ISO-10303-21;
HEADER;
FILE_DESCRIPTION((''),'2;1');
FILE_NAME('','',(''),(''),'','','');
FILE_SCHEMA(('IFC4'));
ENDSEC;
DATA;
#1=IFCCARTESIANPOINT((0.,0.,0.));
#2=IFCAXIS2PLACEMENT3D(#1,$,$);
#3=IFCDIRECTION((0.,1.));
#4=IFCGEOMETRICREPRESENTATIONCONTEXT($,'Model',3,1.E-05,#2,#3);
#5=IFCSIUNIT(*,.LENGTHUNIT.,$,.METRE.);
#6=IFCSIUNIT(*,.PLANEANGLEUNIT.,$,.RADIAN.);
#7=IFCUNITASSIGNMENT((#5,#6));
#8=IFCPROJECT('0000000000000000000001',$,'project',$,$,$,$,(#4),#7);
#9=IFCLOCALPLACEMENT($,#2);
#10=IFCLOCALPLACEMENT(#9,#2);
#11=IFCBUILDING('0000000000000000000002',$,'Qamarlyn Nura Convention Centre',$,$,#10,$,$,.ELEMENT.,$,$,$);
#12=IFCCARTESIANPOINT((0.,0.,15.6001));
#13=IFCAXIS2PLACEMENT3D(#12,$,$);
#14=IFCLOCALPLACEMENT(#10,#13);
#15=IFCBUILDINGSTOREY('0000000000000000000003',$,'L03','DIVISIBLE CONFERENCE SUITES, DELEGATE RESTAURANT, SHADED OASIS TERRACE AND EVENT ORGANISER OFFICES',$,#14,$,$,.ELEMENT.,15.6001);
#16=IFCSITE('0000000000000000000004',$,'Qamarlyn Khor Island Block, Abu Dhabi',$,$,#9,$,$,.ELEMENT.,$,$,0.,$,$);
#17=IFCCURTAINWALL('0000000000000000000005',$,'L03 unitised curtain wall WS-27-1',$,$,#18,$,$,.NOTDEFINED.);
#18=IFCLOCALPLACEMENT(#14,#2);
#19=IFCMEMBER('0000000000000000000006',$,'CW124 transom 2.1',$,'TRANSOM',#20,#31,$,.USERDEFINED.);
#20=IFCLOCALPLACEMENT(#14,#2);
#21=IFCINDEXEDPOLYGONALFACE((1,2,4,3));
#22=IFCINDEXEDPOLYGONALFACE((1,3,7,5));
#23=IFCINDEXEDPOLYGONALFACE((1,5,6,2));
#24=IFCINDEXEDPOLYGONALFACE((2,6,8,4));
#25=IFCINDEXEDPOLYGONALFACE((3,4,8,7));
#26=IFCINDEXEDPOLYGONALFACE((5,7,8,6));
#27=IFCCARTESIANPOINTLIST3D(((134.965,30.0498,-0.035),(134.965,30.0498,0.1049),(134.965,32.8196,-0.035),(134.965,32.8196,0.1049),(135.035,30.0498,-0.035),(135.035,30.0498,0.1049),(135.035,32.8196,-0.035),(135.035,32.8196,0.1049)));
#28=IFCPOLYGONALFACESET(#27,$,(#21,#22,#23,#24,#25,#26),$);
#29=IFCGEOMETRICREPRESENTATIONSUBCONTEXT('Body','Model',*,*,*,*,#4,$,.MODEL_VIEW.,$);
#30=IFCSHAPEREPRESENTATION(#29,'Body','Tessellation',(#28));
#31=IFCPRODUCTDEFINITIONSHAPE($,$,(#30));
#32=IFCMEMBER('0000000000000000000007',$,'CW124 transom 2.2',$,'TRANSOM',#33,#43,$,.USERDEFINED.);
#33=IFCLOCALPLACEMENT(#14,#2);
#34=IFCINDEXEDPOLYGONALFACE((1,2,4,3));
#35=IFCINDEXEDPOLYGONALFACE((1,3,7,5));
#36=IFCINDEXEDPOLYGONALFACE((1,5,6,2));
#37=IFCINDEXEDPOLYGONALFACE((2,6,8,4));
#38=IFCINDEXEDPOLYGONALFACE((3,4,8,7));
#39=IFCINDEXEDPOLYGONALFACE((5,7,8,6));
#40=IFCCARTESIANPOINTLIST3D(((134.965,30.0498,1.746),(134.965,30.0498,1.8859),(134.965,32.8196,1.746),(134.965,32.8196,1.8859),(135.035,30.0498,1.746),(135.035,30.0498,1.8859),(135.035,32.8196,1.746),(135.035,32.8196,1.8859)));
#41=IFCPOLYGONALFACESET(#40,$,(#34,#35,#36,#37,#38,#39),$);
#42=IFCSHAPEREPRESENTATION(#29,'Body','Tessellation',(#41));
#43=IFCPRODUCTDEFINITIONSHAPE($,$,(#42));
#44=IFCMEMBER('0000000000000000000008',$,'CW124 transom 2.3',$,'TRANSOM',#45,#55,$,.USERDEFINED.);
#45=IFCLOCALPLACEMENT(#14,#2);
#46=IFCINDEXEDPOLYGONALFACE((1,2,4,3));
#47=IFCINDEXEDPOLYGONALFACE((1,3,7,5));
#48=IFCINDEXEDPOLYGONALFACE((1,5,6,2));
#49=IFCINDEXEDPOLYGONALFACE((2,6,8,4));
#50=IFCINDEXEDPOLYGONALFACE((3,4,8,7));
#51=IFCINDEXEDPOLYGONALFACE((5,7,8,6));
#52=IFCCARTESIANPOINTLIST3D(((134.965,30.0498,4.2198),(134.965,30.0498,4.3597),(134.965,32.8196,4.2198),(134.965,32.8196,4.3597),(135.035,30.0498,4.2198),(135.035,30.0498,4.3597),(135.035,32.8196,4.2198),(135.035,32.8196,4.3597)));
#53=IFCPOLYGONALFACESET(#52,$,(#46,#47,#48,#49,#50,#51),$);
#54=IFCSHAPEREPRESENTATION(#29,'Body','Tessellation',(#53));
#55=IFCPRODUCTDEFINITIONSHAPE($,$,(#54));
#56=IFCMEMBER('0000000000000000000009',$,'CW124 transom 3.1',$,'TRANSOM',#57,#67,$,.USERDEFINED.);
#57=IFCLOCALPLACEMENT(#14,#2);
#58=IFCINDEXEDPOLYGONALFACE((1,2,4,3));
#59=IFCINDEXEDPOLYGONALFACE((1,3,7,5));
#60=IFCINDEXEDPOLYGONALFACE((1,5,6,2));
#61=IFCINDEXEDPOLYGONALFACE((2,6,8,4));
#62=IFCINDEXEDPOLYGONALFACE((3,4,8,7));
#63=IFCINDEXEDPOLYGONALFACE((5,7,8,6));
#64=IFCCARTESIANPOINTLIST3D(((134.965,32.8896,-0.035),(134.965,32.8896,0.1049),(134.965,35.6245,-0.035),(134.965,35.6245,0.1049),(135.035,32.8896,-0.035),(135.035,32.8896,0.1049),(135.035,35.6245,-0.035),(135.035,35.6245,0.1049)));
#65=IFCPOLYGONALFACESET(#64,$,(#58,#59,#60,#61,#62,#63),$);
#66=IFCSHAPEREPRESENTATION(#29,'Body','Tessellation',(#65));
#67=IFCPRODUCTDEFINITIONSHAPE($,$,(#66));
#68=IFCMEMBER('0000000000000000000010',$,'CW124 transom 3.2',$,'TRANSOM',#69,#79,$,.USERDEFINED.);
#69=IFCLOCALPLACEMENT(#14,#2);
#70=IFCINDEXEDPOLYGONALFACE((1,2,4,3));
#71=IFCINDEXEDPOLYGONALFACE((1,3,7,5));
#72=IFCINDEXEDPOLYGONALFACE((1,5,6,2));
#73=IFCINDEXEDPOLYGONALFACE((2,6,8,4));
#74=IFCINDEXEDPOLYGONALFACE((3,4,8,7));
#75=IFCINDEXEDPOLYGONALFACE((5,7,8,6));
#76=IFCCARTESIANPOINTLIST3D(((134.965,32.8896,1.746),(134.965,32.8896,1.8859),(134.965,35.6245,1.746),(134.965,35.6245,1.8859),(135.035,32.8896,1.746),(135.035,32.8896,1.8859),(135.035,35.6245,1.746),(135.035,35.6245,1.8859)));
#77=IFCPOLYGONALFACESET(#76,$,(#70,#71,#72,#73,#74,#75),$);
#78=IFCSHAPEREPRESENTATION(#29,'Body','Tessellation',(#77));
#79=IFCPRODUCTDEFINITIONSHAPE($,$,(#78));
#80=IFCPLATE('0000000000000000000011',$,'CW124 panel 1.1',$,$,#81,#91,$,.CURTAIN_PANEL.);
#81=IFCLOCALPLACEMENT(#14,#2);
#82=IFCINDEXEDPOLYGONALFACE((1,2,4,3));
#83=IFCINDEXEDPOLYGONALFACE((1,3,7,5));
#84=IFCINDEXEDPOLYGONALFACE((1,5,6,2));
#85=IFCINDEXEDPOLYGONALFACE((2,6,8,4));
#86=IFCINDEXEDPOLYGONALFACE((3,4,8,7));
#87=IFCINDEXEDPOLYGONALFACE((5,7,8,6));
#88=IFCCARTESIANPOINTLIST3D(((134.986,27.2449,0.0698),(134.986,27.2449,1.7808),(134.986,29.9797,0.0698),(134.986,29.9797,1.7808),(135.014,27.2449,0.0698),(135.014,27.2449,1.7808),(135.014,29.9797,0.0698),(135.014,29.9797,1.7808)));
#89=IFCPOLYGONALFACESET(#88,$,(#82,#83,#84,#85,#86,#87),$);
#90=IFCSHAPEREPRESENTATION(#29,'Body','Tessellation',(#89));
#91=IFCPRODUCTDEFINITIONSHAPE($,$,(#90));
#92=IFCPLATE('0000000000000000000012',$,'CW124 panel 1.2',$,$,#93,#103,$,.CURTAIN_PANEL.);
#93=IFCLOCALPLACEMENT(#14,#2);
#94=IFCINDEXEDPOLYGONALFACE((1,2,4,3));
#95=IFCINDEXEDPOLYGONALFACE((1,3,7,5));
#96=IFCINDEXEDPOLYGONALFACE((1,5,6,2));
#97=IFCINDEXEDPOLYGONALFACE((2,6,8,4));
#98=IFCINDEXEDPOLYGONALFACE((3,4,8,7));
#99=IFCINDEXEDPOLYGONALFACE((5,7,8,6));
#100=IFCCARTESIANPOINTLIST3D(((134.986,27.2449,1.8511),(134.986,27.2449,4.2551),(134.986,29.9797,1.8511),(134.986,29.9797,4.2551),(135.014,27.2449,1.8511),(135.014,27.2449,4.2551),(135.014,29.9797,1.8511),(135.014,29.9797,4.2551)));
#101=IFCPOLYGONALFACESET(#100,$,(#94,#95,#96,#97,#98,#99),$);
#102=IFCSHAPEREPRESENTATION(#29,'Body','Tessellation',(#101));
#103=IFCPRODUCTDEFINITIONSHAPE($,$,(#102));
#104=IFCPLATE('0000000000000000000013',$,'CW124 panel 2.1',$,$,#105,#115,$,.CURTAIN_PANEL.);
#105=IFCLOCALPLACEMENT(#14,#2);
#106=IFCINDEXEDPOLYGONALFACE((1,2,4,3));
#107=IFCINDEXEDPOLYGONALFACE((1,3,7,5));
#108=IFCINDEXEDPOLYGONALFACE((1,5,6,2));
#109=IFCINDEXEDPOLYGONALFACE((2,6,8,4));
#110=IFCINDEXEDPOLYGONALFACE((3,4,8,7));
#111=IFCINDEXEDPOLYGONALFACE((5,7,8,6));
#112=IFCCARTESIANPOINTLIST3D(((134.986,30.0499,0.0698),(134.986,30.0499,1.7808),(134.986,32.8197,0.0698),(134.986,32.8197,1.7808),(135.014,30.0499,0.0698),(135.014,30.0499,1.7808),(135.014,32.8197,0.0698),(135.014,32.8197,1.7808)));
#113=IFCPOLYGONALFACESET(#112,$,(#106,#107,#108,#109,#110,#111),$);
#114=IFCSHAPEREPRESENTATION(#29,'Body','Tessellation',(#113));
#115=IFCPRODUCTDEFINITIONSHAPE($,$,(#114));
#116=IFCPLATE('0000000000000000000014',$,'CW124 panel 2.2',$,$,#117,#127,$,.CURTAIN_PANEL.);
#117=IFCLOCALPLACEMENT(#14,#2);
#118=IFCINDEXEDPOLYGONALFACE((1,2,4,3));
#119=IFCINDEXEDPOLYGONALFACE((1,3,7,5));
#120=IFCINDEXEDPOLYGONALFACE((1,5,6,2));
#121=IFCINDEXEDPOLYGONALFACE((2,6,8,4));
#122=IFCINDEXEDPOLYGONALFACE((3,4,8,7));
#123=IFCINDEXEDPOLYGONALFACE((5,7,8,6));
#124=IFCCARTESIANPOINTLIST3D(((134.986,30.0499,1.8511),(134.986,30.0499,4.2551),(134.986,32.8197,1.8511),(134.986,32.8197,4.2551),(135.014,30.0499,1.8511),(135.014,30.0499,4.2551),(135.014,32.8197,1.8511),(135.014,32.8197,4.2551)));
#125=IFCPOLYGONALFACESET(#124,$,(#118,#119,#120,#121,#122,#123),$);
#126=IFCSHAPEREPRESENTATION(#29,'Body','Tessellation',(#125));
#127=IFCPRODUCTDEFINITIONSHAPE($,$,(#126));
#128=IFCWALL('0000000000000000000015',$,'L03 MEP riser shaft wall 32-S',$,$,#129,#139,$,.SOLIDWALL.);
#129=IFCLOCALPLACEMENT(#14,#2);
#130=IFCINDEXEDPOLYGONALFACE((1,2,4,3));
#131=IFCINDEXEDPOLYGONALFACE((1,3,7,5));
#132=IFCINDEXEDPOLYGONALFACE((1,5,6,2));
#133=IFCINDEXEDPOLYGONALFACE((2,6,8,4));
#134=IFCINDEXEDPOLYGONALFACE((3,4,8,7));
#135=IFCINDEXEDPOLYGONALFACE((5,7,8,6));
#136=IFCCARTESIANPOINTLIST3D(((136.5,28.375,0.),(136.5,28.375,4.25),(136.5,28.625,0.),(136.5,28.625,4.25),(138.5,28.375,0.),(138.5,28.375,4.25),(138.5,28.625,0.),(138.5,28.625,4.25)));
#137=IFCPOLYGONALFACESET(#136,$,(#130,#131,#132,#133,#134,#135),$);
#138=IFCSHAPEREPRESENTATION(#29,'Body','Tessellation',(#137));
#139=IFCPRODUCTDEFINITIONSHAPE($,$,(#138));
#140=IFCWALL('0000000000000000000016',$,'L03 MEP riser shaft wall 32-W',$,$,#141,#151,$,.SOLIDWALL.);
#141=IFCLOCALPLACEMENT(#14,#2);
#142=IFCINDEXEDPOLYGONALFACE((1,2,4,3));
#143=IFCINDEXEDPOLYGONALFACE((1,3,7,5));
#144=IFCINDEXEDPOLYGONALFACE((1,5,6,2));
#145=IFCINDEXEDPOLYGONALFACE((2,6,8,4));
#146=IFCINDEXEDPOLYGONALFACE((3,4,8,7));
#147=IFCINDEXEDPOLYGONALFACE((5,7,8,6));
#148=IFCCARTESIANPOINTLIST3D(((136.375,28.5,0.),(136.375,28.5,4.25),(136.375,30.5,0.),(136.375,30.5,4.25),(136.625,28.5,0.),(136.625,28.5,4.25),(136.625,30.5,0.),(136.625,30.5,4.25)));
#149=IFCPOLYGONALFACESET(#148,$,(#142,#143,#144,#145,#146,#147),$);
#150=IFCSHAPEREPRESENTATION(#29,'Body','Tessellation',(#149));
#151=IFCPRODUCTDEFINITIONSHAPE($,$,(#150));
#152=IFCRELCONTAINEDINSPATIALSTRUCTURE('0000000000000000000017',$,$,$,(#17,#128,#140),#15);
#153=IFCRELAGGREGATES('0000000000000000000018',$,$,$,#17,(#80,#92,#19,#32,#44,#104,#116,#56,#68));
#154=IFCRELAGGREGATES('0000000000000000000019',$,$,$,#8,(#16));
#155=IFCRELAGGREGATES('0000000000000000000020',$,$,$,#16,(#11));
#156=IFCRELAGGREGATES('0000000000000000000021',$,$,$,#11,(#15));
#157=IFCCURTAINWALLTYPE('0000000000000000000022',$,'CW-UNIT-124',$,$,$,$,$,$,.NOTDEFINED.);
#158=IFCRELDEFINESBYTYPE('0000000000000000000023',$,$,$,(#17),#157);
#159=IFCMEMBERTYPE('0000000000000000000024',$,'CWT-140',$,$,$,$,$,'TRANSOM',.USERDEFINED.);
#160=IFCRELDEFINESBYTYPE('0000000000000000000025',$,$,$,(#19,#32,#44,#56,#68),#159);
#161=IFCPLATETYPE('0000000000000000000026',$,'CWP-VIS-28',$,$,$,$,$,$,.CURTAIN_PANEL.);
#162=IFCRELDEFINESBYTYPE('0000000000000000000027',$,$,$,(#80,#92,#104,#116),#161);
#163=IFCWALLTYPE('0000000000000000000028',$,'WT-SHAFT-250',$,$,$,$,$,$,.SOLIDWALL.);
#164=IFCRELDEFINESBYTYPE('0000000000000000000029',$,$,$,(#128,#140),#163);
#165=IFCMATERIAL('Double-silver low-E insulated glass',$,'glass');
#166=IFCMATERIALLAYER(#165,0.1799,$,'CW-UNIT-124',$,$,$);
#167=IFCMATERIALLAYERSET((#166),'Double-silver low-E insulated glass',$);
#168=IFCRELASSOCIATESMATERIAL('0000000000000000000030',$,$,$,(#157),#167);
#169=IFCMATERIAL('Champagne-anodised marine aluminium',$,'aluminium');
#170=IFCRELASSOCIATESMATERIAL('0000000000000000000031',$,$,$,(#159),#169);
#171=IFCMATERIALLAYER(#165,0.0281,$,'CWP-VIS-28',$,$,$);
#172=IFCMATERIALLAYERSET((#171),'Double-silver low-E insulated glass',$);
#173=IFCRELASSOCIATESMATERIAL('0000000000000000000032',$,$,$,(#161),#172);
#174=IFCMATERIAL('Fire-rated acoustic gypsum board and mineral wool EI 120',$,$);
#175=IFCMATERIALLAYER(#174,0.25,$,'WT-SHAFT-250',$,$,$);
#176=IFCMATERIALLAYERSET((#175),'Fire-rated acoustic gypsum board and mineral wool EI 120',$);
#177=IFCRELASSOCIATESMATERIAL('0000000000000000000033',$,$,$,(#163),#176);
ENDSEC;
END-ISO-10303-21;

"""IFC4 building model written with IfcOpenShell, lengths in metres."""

from ifc_helpers import new_model, si_unit, direction, frame, frame_2d, origin, origin_2d, place, context, subcontext, project, spatial, rectangle, extrude, material, layer, layer_set, material_profile, profile_set, type_object, element, aggregate, save


model = new_model("IFC4")

# Units and contexts
model_context = context("Model", 3, precision=1e-05, world=origin(), true_north=direction((0.0, 1.0)))
body_context = subcontext(model_context, "Body", "Model", "MODEL_VIEW")
ifc_project = project(units=[si_unit("LENGTHUNIT", "METRE"), si_unit("PLANEANGLEUNIT", "RADIAN")], contexts=[model_context])

# Site, building, storey
site_placement = place(None, origin())
site = spatial("IfcSite", under=ifc_project, at=site_placement, Name="Qamarlyn Khor Island Block, Abu Dhabi", CompositionType="ELEMENT", RefElevation=0.0)
building_placement = place(site_placement, origin())
building = spatial("IfcBuilding", under=site, at=building_placement, Name="Qamarlyn Nura Convention Centre", CompositionType="ELEMENT")
storey_placement = place(building_placement, frame((0.0, 0.0, 15.6001)))
storey = spatial("IfcBuildingStorey", under=building, at=storey_placement, Name="L03", Description="DIVISIBLE CONFERENCE SUITES, DELEGATE RESTAURANT, SHADED OASIS TERRACE AND EVENT ORGANISER OFFICES", CompositionType="ELEMENT", Elevation=15.6001)

# Curtain wall
ifc_material_1 = material(Name="Double-silver low-E insulated glass", Category="glass")
ifc_layer_1 = layer(ifc_material_1, 0.1799, Name="CW-UNIT-124")
ifc_layer_set_1 = layer_set([ifc_layer_1], Name="Double-silver low-E insulated glass")
curtain_wall_type_1 = type_object("IfcCurtainWallType", Name="CW-UNIT-124", PredefinedType="NOTDEFINED", material=ifc_layer_set_1)
curtain_wall_1_placement = place(storey_placement, origin())
curtain_wall_1 = element("IfcCurtainWall", 1, at=curtain_wall_1_placement, inside=storey, type_object=curtain_wall_type_1, Name="L03 unitised curtain wall WS-27-1", PredefinedType="NOTDEFINED")
ifc_material_2 = material(Name="Champagne-anodised marine aluminium", Category="aluminium")

# Members
ifc_material_profile_1 = material_profile(ifc_material_2, rectangle(XDim=0.0701, YDim=0.1399, at=origin_2d()), Name="ALU TRANSOM 70x140")
ifc_profile_set_1 = profile_set([ifc_material_profile_1], Name="Champagne-anodised marine aluminium")
member_type_1 = type_object("IfcMemberType", Name="CWT-140", ElementType="TRANSOM", PredefinedType="USERDEFINED", material=ifc_profile_set_1)
member_1_placement = place(storey_placement, frame((135.0, 30.0498, 0.0349), z_axis=(0.0, 1.0, 0.0), x_axis=(-1.0, 0.0, 0.0)))
member_1 = element("IfcMember", 2, at=member_1_placement, type_object=member_type_1, Name="CW124 transom 2.1", ObjectType="TRANSOM", PredefinedType="USERDEFINED", context=body_context, shape_type="SweptSolid", body=[
    extrude(rectangle(XDim=0.0701, YDim=0.1399, at=origin_2d()), origin(), (0.0, 0.0, 1.0), 2.7698),
])
member_2_placement = place(storey_placement, frame((135.0, 30.0498, 1.8159), z_axis=(0.0, 1.0, 0.0), x_axis=(-1.0, 0.0, 0.0)))
member_2 = element("IfcMember", 3, at=member_2_placement, type_object=member_type_1, Name="CW124 transom 2.2", ObjectType="TRANSOM", PredefinedType="USERDEFINED", context=body_context, shape_type="SweptSolid", body=[
    extrude(rectangle(XDim=0.0701, YDim=0.1399, at=origin_2d()), origin(), (0.0, 0.0, 1.0), 2.7698),
])
member_3_placement = place(storey_placement, frame((135.0, 30.0498, 4.2898), z_axis=(0.0, 1.0, 0.0), x_axis=(-1.0, 0.0, 0.0)))
member_3 = element("IfcMember", 4, at=member_3_placement, type_object=member_type_1, Name="CW124 transom 2.3", ObjectType="TRANSOM", PredefinedType="USERDEFINED", context=body_context, shape_type="SweptSolid", body=[
    extrude(rectangle(XDim=0.0701, YDim=0.1399, at=origin_2d()), origin(), (0.0, 0.0, 1.0), 2.7698),
])
member_4_placement = place(storey_placement, frame((135.0, 32.8896, 0.0349), z_axis=(0.0, 1.0, 0.0), x_axis=(-1.0, 0.0, 0.0)))
member_4 = element("IfcMember", 5, at=member_4_placement, type_object=member_type_1, Name="CW124 transom 3.1", ObjectType="TRANSOM", PredefinedType="USERDEFINED", context=body_context, shape_type="SweptSolid", body=[
    extrude(rectangle(XDim=0.0701, YDim=0.1399, at=origin_2d()), origin(), (0.0, 0.0, 1.0), 2.7349),
])
member_5_placement = place(storey_placement, frame((135.0, 32.8896, 1.8159), z_axis=(0.0, 1.0, 0.0), x_axis=(-1.0, 0.0, 0.0)))
member_5 = element("IfcMember", 6, at=member_5_placement, type_object=member_type_1, Name="CW124 transom 3.2", ObjectType="TRANSOM", PredefinedType="USERDEFINED", context=body_context, shape_type="SweptSolid", body=[
    extrude(rectangle(XDim=0.0701, YDim=0.1399, at=origin_2d()), origin(), (0.0, 0.0, 1.0), 2.7349),
])

# Plates
ifc_layer_2 = layer(ifc_material_1, 0.0281, Name="CWP-VIS-28")
ifc_layer_set_2 = layer_set([ifc_layer_2], Name="Double-silver low-E insulated glass")
plate_type = type_object("IfcPlateType", Name="CWP-VIS-28", PredefinedType="CURTAIN_PANEL", material=ifc_layer_set_2)
plate_1_placement = place(storey_placement, frame((135.0, 28.6123, 0.0698), z_axis=(0.0, 0.0, 1.0), x_axis=(0.0, 1.0, 0.0)))
plate_1 = element("IfcPlate", 7, at=plate_1_placement, type_object=plate_type, Name="CW124 panel 1.1", PredefinedType="CURTAIN_PANEL", context=body_context, shape_type="SweptSolid", body=[
    extrude(rectangle(XDim=2.7349, YDim=0.0281, at=origin_2d()), origin(), (0.0, 0.0, 1.0), 1.7109),
])
plate_2_placement = place(storey_placement, frame((135.0, 28.6123, 1.8511), z_axis=(0.0, 0.0, 1.0), x_axis=(0.0, 1.0, 0.0)))
plate_2 = element("IfcPlate", 8, at=plate_2_placement, type_object=plate_type, Name="CW124 panel 1.2", PredefinedType="CURTAIN_PANEL", context=body_context, shape_type="SweptSolid", body=[
    extrude(rectangle(XDim=2.7349, YDim=0.0281, at=origin_2d()), origin(), (0.0, 0.0, 1.0), 2.4041),
])
plate_3_placement = place(storey_placement, frame((135.0, 31.4348, 0.0698), z_axis=(0.0, 0.0, 1.0), x_axis=(0.0, 1.0, 0.0)))
plate_3 = element("IfcPlate", 9, at=plate_3_placement, type_object=plate_type, Name="CW124 panel 2.1", PredefinedType="CURTAIN_PANEL", context=body_context, shape_type="SweptSolid", body=[
    extrude(rectangle(XDim=2.7698, YDim=0.0281, at=origin_2d()), origin(), (0.0, 0.0, 1.0), 1.7109),
])
plate_4_placement = place(storey_placement, frame((135.0, 31.4348, 1.8511), z_axis=(0.0, 0.0, 1.0), x_axis=(0.0, 1.0, 0.0)))
plate_4 = element("IfcPlate", 10, at=plate_4_placement, type_object=plate_type, Name="CW124 panel 2.2", PredefinedType="CURTAIN_PANEL", context=body_context, shape_type="SweptSolid", body=[
    extrude(rectangle(XDim=2.7698, YDim=0.0281, at=origin_2d()), origin(), (0.0, 0.0, 1.0), 2.4041),
])
aggregate(curtain_wall_1, [plate_1, plate_2, member_1, member_2, member_3, plate_3, plate_4, member_4, member_5])

# Walls
ifc_material_3 = material(Name="Fire-rated acoustic gypsum board and mineral wool EI 120")
ifc_layer_3 = layer(ifc_material_3, 0.25, Name="WT-SHAFT-250")
ifc_layer_set_3 = layer_set([ifc_layer_3], Name="Fire-rated acoustic gypsum board and mineral wool EI 120")
wall_type = type_object("IfcWallType", Name="WT-SHAFT-250", PredefinedType="SOLIDWALL", material=ifc_layer_set_3)
for number, where, z_axis, x_axis, name in (
    (11, (136.5, 28.5, 0.0), (0.0, 0.0, 1.0), (1.0, 0.0, 0.0), "L03 MEP riser shaft wall 32-S"),
    (12, (136.5, 30.5, 0.0), (0.0, 0.0, 1.0), (0.0, -1.0, 0.0), "L03 MEP riser shaft wall 32-W"),
):
    element("IfcWall", number, at=place(storey_placement, frame(where, z_axis=z_axis, x_axis=x_axis)), inside=storey, type_object=wall_type, Name=name, PredefinedType="SOLIDWALL", context=body_context, shape_type="SweptSolid", body=[
        extrude(rectangle(XDim=2.0, YDim=0.25, at=frame_2d((1.0, 0.0))), origin(), (0.0, 0.0, 1.0), 4.25),
    ])

save(model, "model.ifc")
